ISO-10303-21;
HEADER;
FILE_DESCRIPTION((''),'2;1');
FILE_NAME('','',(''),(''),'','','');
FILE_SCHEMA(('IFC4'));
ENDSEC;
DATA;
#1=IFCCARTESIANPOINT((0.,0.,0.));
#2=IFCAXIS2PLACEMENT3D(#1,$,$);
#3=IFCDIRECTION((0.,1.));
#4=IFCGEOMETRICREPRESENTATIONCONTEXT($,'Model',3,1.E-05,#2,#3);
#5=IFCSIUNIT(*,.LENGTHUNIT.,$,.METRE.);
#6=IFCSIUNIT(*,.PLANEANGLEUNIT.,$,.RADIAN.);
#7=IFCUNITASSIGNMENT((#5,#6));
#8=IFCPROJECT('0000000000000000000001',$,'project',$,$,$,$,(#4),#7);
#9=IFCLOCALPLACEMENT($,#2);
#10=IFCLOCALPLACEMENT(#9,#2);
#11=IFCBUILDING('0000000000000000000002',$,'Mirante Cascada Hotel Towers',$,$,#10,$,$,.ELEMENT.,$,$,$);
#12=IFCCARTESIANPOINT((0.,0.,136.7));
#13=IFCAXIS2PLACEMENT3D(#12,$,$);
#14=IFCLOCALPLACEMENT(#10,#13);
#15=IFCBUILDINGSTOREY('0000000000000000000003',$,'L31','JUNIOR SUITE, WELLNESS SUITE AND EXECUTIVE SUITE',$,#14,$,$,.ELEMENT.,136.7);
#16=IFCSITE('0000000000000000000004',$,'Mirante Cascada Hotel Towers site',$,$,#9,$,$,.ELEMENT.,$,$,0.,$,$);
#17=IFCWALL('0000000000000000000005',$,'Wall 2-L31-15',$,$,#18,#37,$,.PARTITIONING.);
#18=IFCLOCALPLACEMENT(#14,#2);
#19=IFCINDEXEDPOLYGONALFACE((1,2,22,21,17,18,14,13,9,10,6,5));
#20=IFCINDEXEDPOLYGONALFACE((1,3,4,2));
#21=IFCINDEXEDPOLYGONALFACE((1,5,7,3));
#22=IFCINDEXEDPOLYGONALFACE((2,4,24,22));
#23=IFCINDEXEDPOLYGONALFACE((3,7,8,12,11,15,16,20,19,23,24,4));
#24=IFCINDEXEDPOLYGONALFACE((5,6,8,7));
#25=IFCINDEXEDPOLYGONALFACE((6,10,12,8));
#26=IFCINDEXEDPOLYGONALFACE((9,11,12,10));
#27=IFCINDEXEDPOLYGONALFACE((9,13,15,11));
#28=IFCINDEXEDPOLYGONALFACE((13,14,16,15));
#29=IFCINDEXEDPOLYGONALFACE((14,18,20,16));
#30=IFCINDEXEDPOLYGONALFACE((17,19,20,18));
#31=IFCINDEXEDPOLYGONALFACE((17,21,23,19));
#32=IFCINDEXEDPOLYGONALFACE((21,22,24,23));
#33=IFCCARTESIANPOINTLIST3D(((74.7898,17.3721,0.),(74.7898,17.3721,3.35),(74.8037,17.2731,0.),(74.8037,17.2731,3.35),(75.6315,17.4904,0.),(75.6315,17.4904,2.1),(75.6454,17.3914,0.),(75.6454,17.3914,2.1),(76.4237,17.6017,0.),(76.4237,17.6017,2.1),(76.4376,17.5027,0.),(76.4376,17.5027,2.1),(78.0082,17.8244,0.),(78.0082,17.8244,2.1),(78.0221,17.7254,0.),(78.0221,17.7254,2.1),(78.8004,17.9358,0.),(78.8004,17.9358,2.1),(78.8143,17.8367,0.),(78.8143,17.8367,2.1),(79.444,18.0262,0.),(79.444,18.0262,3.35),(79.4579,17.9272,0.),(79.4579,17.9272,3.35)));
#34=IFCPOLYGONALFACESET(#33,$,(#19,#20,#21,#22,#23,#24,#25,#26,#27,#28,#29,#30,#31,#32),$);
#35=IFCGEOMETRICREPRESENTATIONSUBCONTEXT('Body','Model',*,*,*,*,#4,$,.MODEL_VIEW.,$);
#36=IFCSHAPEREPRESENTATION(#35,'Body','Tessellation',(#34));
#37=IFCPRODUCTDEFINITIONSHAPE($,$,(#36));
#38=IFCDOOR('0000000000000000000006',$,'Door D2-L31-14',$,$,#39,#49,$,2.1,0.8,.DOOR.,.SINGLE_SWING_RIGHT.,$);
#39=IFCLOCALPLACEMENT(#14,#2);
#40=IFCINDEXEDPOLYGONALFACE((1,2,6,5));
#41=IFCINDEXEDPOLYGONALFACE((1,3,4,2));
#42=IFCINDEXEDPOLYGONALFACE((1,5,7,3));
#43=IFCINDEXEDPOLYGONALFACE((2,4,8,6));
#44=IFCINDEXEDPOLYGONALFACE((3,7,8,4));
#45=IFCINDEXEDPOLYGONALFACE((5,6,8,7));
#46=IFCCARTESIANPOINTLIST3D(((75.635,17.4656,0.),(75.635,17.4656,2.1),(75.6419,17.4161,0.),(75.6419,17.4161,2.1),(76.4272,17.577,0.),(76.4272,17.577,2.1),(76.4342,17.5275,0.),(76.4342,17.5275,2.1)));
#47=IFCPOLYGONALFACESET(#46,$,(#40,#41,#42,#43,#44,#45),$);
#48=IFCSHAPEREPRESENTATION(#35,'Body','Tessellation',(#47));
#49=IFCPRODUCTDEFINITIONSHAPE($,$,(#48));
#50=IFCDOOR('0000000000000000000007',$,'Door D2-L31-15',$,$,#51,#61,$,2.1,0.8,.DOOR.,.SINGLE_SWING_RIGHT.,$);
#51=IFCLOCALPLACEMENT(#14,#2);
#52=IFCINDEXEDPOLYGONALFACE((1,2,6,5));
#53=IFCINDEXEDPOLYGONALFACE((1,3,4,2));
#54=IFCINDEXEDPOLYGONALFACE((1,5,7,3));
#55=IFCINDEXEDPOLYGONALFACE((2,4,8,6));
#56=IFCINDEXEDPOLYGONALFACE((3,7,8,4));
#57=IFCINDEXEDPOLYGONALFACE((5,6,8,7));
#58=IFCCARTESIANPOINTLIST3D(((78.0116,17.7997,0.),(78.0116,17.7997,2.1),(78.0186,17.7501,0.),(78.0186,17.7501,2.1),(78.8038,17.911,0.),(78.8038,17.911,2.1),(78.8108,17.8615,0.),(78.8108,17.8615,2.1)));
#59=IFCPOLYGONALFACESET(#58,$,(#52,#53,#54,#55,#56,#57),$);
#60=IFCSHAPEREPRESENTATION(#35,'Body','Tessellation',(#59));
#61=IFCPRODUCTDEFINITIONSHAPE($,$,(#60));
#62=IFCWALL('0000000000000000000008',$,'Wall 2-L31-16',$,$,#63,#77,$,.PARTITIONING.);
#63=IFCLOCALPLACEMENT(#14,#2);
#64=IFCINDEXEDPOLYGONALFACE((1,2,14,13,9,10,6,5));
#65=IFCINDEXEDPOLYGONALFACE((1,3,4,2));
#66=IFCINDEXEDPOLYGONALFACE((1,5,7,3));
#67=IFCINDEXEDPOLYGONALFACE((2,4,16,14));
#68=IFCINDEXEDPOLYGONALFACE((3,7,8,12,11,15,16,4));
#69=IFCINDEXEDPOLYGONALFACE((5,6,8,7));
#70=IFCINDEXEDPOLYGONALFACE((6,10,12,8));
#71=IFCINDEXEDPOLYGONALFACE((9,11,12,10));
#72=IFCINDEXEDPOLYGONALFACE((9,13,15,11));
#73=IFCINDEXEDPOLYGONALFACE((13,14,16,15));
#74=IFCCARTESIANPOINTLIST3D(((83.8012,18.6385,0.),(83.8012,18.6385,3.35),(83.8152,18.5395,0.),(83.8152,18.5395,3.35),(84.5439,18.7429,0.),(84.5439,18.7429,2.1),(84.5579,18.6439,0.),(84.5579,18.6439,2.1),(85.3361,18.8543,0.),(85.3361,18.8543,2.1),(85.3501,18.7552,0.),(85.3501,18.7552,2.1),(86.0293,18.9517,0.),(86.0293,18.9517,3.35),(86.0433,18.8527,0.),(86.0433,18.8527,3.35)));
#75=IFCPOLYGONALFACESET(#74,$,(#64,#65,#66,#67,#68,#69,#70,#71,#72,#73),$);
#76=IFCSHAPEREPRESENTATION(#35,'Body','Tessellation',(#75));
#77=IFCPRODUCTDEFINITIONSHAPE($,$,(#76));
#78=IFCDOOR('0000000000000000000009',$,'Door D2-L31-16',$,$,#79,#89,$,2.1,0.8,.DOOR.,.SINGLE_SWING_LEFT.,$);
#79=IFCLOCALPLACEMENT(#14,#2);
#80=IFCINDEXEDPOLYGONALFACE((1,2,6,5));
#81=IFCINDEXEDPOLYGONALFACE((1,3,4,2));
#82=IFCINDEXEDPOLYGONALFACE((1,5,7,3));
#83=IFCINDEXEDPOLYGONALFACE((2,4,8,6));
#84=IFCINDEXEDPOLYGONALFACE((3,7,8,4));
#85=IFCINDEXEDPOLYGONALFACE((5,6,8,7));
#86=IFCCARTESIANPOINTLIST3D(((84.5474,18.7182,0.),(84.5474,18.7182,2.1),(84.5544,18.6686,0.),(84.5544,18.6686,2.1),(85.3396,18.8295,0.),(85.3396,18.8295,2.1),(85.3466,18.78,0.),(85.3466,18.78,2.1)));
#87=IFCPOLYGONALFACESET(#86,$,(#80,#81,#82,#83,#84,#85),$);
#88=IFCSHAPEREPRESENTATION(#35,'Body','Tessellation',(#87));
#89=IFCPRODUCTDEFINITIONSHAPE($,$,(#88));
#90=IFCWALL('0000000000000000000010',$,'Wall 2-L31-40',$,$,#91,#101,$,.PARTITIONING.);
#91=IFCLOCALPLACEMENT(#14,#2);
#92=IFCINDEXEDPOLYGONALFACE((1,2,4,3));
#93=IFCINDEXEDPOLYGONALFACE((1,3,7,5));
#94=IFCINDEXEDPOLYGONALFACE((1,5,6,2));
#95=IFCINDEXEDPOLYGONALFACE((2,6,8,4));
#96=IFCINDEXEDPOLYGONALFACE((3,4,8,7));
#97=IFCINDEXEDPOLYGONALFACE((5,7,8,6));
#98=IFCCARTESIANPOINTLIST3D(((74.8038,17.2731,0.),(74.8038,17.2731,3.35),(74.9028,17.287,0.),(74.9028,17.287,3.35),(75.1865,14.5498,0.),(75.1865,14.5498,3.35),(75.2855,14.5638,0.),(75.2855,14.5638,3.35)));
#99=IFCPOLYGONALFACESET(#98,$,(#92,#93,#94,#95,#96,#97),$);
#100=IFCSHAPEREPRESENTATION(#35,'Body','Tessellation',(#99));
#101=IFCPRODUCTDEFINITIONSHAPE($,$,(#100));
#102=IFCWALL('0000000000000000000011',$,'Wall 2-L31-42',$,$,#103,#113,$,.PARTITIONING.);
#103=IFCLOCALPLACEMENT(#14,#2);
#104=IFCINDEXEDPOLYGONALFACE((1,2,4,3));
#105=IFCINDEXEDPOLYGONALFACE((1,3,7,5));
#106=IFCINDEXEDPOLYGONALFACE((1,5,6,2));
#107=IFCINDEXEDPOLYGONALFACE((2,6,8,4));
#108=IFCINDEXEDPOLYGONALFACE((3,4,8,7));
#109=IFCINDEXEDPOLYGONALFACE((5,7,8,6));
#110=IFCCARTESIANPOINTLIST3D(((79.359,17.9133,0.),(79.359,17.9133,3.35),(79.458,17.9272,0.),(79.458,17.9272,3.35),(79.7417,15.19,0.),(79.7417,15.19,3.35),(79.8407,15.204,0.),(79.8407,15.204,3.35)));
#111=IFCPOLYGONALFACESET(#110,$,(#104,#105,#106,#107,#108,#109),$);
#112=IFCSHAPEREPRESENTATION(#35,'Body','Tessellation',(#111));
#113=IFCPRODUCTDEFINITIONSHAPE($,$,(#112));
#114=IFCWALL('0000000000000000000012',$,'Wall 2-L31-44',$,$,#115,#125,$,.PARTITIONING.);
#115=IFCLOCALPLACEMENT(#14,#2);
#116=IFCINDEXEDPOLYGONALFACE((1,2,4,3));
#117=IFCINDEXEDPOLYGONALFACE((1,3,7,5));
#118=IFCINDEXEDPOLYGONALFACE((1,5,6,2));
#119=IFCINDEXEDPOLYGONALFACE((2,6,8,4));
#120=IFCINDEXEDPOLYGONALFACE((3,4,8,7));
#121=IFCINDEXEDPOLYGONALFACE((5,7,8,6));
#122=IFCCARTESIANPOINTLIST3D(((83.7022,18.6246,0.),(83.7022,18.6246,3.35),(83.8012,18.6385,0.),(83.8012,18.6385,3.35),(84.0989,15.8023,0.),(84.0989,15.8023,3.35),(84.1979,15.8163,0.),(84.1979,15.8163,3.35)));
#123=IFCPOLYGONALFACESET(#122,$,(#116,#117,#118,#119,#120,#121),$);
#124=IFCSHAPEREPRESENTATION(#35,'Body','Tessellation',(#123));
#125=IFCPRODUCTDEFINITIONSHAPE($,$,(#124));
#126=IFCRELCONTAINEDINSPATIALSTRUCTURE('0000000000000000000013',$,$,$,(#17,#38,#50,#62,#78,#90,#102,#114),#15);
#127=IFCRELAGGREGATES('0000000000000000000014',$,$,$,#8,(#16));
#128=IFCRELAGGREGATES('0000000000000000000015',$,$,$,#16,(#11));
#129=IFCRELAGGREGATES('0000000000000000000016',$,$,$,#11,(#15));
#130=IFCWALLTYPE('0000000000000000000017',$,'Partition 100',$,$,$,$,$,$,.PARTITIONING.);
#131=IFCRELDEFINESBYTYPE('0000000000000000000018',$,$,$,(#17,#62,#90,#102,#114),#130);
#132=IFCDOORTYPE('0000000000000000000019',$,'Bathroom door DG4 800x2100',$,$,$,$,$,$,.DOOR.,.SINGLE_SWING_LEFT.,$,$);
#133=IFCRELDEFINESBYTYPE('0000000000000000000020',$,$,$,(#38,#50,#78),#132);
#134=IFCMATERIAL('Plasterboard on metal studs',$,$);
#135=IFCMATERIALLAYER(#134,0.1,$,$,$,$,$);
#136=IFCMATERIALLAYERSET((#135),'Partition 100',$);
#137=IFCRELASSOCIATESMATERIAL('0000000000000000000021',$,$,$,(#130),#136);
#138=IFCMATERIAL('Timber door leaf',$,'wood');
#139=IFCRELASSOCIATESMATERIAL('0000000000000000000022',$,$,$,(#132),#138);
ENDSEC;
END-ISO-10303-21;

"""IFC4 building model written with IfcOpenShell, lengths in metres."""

from ifc_helpers import new_model, si_unit, direction, frame, frame_2d, origin, place, context, subcontext, project, spatial, rectangle, extrude, material, layer, layer_set, type_object, element, fill, save


model = new_model("IFC4")

# Units and contexts
model_context = context("Model", 3, precision=1e-05, world=origin(), true_north=direction((0.0, 1.0)))
body_context = subcontext(model_context, "Body", "Model", "MODEL_VIEW")
ifc_project = project(units=[si_unit("LENGTHUNIT", "METRE"), si_unit("PLANEANGLEUNIT", "RADIAN")], contexts=[model_context])

# Site, building, storey
site_placement = place(None, origin())
site = spatial("IfcSite", under=ifc_project, at=site_placement, Name="Mirante Cascada Hotel Towers site", CompositionType="ELEMENT", RefElevation=0.0)
building_placement = place(site_placement, origin())
building = spatial("IfcBuilding", under=site, at=building_placement, Name="Mirante Cascada Hotel Towers", CompositionType="ELEMENT")
storey_placement = place(building_placement, frame((0.0, 0.0, 136.7)))
storey = spatial("IfcBuildingStorey", under=building, at=storey_placement, Name="L31", Description="JUNIOR SUITE, WELLNESS SUITE AND EXECUTIVE SUITE", CompositionType="ELEMENT", Elevation=136.7)

# Wall, openings, doors
ifc_material_1 = material(Name="Plasterboard on metal studs")
ifc_layer_1 = layer(ifc_material_1, 0.1)
ifc_layer_set_1 = layer_set([ifc_layer_1], Name="Partition 100")
wall_type_1 = type_object("IfcWallType", Name="Partition 100", PredefinedType="PARTITIONING", material=ifc_layer_set_1)
wall_1_placement = place(storey_placement, frame((79.451, 17.9767, 0.0), z_axis=(0.0, 0.0, 1.0), x_axis=(-0.990268, -0.139172, 0.0)))
wall_1 = element("IfcWall", 1, at=wall_1_placement, inside=storey, type_object=wall_type_1, Name="Wall 2-L31-15", PredefinedType="PARTITIONING", context=body_context, shape_type="SweptSolid", body=[
    extrude(rectangle(XDim=4.6999, YDim=0.1, at=frame_2d((2.35, 0.0))), origin(), (0.0, 0.0, 1.0), 3.35),
])
opening_1_placement = place(wall_1_placement, frame((3.05, 0.0, 0.0)))
opening_1 = element("IfcOpeningElement", 2, at=opening_1_placement, cuts=wall_1, PredefinedType="OPENING", context=body_context, shape_type="SweptSolid", body=[
    extrude(rectangle(XDim=0.8, YDim=2.1, at=frame_2d((0.4, 1.05))), frame((0.0, 0.05, 0.0), z_axis=(0.0, -1.0, 0.0), x_axis=(1.0, 0.0, 0.0)), (0.0, 0.0, 1.0), 0.1),
])
opening_2_placement = place(wall_1_placement, frame((0.65, 0.0, 0.0)))
opening_2 = element("IfcOpeningElement", 3, at=opening_2_placement, cuts=wall_1, PredefinedType="OPENING", context=body_context, shape_type="SweptSolid", body=[
    extrude(rectangle(XDim=0.8, YDim=2.1, at=frame_2d((0.4, 1.05))), frame((0.0, 0.05, 0.0), z_axis=(0.0, -1.0, 0.0), x_axis=(1.0, 0.0, 0.0)), (0.0, 0.0, 1.0), 0.1),
])
ifc_material_2 = material(Name="Timber door leaf", Category="wood")
door_type = type_object("IfcDoorType", Name="Bathroom door DG4 800x2100", OperationType="SINGLE_SWING_LEFT", PredefinedType="DOOR", material=ifc_material_2)
door_1_placement = place(opening_1_placement, frame((0.8, 0.0, 0.0), z_axis=(0.0, 0.0, 1.0), x_axis=(-1.0, 0.0, 0.0)))
door_1 = element("IfcDoor", 4, at=door_1_placement, inside=storey, type_object=door_type, Name="Door D2-L31-14", OperationType="SINGLE_SWING_RIGHT", OverallHeight=2.1, OverallWidth=0.8, PredefinedType="DOOR", context=body_context, shape_type="SweptSolid", body=[
    extrude(rectangle(XDim=0.8, YDim=2.1, at=frame_2d((0.4, 1.05))), frame((0.0, 0.025, 0.0), z_axis=(0.0, -1.0, 0.0), x_axis=(1.0, 0.0, 0.0)), (0.0, 0.0, 1.0), 0.05),
])
fill(opening_1, door_1)
door_2_placement = place(opening_2_placement, frame((0.8, 0.0, 0.0), z_axis=(0.0, 0.0, 1.0), x_axis=(-1.0, 0.0, 0.0)))
door_2 = element("IfcDoor", 5, at=door_2_placement, inside=storey, type_object=door_type, Name="Door D2-L31-15", OperationType="SINGLE_SWING_RIGHT", OverallHeight=2.1, OverallWidth=0.8, PredefinedType="DOOR", context=body_context, shape_type="SweptSolid", body=[
    extrude(rectangle(XDim=0.8, YDim=2.1, at=frame_2d((0.4, 1.05))), frame((0.0, 0.025, 0.0), z_axis=(0.0, -1.0, 0.0), x_axis=(1.0, 0.0, 0.0)), (0.0, 0.0, 1.0), 0.05),
])
fill(opening_2, door_2)

# Wall, opening, door
wall_2_placement = place(storey_placement, frame((83.8082, 18.589, 0.0), z_axis=(0.0, 0.0, 1.0), x_axis=(0.990264, 0.1392, 0.0)))
wall_2 = element("IfcWall", 6, at=wall_2_placement, inside=storey, type_object=wall_type_1, Name="Wall 2-L31-16", PredefinedType="PARTITIONING", context=body_context, shape_type="SweptSolid", body=[
    extrude(rectangle(XDim=2.25, YDim=0.1, at=frame_2d((1.125, 0.0))), origin(), (0.0, 0.0, 1.0), 3.35),
])
opening_3_placement = place(wall_2_placement, frame((0.75, 0.0, 0.0)))
opening_3 = element("IfcOpeningElement", 7, at=opening_3_placement, cuts=wall_2, PredefinedType="OPENING", context=body_context, shape_type="SweptSolid", body=[
    extrude(rectangle(XDim=0.8, YDim=2.1, at=frame_2d((0.4, 1.05))), frame((0.0, 0.05, 0.0), z_axis=(0.0, -1.0, 0.0), x_axis=(1.0, 0.0, 0.0)), (0.0, 0.0, 1.0), 0.1),
])
door_3_placement = place(opening_3_placement, origin())
door_3 = element("IfcDoor", 8, at=door_3_placement, inside=storey, type_object=door_type, Name="Door D2-L31-16", OperationType="SINGLE_SWING_LEFT", OverallHeight=2.1, OverallWidth=0.8, PredefinedType="DOOR", context=body_context, shape_type="SweptSolid", body=[
    extrude(rectangle(XDim=0.8, YDim=2.1, at=frame_2d((0.4, 1.05))), frame((0.0, 0.025, 0.0), z_axis=(0.0, -1.0, 0.0), x_axis=(1.0, 0.0, 0.0)), (0.0, 0.0, 1.0), 0.05),
])
fill(opening_3, door_3)

# Walls
for number, where, z_axis, x_axis, name in (
    (9, (75.236, 14.5568, 0.0), (0.0, 0.0, 1.0), (-0.139166, 0.990269, 0.0), "Wall 2-L31-40"),
    (10, (79.7912, 15.197, 0.0), (0.0, 0.0, 1.0), (-0.139166, 0.990269, 0.0), "Wall 2-L31-42"),
):
    element("IfcWall", number, at=place(storey_placement, frame(where, z_axis=z_axis, x_axis=x_axis)), inside=storey, type_object=wall_type_1, Name=name, PredefinedType="PARTITIONING", context=body_context, shape_type="SweptSolid", body=[
        extrude(rectangle(XDim=2.75, YDim=0.1, at=frame_2d((1.375, 0.0))), origin(), (0.0, 0.0, 1.0), 3.35),
    ])
wall_3_placement = place(storey_placement, frame((84.1484, 15.8093, 0.0), z_axis=(0.0, 0.0, 1.0), x_axis=(-0.139191, 0.990266, 0.0)))
element("IfcWall", 11, at=wall_3_placement, inside=storey, type_object=wall_type_1, Name="Wall 2-L31-44", PredefinedType="PARTITIONING", context=body_context, shape_type="SweptSolid", body=[
    extrude(rectangle(XDim=2.85, YDim=0.1, at=frame_2d((1.425, 0.0))), origin(), (0.0, 0.0, 1.0), 3.35),
])

save(model, "model.ifc")
